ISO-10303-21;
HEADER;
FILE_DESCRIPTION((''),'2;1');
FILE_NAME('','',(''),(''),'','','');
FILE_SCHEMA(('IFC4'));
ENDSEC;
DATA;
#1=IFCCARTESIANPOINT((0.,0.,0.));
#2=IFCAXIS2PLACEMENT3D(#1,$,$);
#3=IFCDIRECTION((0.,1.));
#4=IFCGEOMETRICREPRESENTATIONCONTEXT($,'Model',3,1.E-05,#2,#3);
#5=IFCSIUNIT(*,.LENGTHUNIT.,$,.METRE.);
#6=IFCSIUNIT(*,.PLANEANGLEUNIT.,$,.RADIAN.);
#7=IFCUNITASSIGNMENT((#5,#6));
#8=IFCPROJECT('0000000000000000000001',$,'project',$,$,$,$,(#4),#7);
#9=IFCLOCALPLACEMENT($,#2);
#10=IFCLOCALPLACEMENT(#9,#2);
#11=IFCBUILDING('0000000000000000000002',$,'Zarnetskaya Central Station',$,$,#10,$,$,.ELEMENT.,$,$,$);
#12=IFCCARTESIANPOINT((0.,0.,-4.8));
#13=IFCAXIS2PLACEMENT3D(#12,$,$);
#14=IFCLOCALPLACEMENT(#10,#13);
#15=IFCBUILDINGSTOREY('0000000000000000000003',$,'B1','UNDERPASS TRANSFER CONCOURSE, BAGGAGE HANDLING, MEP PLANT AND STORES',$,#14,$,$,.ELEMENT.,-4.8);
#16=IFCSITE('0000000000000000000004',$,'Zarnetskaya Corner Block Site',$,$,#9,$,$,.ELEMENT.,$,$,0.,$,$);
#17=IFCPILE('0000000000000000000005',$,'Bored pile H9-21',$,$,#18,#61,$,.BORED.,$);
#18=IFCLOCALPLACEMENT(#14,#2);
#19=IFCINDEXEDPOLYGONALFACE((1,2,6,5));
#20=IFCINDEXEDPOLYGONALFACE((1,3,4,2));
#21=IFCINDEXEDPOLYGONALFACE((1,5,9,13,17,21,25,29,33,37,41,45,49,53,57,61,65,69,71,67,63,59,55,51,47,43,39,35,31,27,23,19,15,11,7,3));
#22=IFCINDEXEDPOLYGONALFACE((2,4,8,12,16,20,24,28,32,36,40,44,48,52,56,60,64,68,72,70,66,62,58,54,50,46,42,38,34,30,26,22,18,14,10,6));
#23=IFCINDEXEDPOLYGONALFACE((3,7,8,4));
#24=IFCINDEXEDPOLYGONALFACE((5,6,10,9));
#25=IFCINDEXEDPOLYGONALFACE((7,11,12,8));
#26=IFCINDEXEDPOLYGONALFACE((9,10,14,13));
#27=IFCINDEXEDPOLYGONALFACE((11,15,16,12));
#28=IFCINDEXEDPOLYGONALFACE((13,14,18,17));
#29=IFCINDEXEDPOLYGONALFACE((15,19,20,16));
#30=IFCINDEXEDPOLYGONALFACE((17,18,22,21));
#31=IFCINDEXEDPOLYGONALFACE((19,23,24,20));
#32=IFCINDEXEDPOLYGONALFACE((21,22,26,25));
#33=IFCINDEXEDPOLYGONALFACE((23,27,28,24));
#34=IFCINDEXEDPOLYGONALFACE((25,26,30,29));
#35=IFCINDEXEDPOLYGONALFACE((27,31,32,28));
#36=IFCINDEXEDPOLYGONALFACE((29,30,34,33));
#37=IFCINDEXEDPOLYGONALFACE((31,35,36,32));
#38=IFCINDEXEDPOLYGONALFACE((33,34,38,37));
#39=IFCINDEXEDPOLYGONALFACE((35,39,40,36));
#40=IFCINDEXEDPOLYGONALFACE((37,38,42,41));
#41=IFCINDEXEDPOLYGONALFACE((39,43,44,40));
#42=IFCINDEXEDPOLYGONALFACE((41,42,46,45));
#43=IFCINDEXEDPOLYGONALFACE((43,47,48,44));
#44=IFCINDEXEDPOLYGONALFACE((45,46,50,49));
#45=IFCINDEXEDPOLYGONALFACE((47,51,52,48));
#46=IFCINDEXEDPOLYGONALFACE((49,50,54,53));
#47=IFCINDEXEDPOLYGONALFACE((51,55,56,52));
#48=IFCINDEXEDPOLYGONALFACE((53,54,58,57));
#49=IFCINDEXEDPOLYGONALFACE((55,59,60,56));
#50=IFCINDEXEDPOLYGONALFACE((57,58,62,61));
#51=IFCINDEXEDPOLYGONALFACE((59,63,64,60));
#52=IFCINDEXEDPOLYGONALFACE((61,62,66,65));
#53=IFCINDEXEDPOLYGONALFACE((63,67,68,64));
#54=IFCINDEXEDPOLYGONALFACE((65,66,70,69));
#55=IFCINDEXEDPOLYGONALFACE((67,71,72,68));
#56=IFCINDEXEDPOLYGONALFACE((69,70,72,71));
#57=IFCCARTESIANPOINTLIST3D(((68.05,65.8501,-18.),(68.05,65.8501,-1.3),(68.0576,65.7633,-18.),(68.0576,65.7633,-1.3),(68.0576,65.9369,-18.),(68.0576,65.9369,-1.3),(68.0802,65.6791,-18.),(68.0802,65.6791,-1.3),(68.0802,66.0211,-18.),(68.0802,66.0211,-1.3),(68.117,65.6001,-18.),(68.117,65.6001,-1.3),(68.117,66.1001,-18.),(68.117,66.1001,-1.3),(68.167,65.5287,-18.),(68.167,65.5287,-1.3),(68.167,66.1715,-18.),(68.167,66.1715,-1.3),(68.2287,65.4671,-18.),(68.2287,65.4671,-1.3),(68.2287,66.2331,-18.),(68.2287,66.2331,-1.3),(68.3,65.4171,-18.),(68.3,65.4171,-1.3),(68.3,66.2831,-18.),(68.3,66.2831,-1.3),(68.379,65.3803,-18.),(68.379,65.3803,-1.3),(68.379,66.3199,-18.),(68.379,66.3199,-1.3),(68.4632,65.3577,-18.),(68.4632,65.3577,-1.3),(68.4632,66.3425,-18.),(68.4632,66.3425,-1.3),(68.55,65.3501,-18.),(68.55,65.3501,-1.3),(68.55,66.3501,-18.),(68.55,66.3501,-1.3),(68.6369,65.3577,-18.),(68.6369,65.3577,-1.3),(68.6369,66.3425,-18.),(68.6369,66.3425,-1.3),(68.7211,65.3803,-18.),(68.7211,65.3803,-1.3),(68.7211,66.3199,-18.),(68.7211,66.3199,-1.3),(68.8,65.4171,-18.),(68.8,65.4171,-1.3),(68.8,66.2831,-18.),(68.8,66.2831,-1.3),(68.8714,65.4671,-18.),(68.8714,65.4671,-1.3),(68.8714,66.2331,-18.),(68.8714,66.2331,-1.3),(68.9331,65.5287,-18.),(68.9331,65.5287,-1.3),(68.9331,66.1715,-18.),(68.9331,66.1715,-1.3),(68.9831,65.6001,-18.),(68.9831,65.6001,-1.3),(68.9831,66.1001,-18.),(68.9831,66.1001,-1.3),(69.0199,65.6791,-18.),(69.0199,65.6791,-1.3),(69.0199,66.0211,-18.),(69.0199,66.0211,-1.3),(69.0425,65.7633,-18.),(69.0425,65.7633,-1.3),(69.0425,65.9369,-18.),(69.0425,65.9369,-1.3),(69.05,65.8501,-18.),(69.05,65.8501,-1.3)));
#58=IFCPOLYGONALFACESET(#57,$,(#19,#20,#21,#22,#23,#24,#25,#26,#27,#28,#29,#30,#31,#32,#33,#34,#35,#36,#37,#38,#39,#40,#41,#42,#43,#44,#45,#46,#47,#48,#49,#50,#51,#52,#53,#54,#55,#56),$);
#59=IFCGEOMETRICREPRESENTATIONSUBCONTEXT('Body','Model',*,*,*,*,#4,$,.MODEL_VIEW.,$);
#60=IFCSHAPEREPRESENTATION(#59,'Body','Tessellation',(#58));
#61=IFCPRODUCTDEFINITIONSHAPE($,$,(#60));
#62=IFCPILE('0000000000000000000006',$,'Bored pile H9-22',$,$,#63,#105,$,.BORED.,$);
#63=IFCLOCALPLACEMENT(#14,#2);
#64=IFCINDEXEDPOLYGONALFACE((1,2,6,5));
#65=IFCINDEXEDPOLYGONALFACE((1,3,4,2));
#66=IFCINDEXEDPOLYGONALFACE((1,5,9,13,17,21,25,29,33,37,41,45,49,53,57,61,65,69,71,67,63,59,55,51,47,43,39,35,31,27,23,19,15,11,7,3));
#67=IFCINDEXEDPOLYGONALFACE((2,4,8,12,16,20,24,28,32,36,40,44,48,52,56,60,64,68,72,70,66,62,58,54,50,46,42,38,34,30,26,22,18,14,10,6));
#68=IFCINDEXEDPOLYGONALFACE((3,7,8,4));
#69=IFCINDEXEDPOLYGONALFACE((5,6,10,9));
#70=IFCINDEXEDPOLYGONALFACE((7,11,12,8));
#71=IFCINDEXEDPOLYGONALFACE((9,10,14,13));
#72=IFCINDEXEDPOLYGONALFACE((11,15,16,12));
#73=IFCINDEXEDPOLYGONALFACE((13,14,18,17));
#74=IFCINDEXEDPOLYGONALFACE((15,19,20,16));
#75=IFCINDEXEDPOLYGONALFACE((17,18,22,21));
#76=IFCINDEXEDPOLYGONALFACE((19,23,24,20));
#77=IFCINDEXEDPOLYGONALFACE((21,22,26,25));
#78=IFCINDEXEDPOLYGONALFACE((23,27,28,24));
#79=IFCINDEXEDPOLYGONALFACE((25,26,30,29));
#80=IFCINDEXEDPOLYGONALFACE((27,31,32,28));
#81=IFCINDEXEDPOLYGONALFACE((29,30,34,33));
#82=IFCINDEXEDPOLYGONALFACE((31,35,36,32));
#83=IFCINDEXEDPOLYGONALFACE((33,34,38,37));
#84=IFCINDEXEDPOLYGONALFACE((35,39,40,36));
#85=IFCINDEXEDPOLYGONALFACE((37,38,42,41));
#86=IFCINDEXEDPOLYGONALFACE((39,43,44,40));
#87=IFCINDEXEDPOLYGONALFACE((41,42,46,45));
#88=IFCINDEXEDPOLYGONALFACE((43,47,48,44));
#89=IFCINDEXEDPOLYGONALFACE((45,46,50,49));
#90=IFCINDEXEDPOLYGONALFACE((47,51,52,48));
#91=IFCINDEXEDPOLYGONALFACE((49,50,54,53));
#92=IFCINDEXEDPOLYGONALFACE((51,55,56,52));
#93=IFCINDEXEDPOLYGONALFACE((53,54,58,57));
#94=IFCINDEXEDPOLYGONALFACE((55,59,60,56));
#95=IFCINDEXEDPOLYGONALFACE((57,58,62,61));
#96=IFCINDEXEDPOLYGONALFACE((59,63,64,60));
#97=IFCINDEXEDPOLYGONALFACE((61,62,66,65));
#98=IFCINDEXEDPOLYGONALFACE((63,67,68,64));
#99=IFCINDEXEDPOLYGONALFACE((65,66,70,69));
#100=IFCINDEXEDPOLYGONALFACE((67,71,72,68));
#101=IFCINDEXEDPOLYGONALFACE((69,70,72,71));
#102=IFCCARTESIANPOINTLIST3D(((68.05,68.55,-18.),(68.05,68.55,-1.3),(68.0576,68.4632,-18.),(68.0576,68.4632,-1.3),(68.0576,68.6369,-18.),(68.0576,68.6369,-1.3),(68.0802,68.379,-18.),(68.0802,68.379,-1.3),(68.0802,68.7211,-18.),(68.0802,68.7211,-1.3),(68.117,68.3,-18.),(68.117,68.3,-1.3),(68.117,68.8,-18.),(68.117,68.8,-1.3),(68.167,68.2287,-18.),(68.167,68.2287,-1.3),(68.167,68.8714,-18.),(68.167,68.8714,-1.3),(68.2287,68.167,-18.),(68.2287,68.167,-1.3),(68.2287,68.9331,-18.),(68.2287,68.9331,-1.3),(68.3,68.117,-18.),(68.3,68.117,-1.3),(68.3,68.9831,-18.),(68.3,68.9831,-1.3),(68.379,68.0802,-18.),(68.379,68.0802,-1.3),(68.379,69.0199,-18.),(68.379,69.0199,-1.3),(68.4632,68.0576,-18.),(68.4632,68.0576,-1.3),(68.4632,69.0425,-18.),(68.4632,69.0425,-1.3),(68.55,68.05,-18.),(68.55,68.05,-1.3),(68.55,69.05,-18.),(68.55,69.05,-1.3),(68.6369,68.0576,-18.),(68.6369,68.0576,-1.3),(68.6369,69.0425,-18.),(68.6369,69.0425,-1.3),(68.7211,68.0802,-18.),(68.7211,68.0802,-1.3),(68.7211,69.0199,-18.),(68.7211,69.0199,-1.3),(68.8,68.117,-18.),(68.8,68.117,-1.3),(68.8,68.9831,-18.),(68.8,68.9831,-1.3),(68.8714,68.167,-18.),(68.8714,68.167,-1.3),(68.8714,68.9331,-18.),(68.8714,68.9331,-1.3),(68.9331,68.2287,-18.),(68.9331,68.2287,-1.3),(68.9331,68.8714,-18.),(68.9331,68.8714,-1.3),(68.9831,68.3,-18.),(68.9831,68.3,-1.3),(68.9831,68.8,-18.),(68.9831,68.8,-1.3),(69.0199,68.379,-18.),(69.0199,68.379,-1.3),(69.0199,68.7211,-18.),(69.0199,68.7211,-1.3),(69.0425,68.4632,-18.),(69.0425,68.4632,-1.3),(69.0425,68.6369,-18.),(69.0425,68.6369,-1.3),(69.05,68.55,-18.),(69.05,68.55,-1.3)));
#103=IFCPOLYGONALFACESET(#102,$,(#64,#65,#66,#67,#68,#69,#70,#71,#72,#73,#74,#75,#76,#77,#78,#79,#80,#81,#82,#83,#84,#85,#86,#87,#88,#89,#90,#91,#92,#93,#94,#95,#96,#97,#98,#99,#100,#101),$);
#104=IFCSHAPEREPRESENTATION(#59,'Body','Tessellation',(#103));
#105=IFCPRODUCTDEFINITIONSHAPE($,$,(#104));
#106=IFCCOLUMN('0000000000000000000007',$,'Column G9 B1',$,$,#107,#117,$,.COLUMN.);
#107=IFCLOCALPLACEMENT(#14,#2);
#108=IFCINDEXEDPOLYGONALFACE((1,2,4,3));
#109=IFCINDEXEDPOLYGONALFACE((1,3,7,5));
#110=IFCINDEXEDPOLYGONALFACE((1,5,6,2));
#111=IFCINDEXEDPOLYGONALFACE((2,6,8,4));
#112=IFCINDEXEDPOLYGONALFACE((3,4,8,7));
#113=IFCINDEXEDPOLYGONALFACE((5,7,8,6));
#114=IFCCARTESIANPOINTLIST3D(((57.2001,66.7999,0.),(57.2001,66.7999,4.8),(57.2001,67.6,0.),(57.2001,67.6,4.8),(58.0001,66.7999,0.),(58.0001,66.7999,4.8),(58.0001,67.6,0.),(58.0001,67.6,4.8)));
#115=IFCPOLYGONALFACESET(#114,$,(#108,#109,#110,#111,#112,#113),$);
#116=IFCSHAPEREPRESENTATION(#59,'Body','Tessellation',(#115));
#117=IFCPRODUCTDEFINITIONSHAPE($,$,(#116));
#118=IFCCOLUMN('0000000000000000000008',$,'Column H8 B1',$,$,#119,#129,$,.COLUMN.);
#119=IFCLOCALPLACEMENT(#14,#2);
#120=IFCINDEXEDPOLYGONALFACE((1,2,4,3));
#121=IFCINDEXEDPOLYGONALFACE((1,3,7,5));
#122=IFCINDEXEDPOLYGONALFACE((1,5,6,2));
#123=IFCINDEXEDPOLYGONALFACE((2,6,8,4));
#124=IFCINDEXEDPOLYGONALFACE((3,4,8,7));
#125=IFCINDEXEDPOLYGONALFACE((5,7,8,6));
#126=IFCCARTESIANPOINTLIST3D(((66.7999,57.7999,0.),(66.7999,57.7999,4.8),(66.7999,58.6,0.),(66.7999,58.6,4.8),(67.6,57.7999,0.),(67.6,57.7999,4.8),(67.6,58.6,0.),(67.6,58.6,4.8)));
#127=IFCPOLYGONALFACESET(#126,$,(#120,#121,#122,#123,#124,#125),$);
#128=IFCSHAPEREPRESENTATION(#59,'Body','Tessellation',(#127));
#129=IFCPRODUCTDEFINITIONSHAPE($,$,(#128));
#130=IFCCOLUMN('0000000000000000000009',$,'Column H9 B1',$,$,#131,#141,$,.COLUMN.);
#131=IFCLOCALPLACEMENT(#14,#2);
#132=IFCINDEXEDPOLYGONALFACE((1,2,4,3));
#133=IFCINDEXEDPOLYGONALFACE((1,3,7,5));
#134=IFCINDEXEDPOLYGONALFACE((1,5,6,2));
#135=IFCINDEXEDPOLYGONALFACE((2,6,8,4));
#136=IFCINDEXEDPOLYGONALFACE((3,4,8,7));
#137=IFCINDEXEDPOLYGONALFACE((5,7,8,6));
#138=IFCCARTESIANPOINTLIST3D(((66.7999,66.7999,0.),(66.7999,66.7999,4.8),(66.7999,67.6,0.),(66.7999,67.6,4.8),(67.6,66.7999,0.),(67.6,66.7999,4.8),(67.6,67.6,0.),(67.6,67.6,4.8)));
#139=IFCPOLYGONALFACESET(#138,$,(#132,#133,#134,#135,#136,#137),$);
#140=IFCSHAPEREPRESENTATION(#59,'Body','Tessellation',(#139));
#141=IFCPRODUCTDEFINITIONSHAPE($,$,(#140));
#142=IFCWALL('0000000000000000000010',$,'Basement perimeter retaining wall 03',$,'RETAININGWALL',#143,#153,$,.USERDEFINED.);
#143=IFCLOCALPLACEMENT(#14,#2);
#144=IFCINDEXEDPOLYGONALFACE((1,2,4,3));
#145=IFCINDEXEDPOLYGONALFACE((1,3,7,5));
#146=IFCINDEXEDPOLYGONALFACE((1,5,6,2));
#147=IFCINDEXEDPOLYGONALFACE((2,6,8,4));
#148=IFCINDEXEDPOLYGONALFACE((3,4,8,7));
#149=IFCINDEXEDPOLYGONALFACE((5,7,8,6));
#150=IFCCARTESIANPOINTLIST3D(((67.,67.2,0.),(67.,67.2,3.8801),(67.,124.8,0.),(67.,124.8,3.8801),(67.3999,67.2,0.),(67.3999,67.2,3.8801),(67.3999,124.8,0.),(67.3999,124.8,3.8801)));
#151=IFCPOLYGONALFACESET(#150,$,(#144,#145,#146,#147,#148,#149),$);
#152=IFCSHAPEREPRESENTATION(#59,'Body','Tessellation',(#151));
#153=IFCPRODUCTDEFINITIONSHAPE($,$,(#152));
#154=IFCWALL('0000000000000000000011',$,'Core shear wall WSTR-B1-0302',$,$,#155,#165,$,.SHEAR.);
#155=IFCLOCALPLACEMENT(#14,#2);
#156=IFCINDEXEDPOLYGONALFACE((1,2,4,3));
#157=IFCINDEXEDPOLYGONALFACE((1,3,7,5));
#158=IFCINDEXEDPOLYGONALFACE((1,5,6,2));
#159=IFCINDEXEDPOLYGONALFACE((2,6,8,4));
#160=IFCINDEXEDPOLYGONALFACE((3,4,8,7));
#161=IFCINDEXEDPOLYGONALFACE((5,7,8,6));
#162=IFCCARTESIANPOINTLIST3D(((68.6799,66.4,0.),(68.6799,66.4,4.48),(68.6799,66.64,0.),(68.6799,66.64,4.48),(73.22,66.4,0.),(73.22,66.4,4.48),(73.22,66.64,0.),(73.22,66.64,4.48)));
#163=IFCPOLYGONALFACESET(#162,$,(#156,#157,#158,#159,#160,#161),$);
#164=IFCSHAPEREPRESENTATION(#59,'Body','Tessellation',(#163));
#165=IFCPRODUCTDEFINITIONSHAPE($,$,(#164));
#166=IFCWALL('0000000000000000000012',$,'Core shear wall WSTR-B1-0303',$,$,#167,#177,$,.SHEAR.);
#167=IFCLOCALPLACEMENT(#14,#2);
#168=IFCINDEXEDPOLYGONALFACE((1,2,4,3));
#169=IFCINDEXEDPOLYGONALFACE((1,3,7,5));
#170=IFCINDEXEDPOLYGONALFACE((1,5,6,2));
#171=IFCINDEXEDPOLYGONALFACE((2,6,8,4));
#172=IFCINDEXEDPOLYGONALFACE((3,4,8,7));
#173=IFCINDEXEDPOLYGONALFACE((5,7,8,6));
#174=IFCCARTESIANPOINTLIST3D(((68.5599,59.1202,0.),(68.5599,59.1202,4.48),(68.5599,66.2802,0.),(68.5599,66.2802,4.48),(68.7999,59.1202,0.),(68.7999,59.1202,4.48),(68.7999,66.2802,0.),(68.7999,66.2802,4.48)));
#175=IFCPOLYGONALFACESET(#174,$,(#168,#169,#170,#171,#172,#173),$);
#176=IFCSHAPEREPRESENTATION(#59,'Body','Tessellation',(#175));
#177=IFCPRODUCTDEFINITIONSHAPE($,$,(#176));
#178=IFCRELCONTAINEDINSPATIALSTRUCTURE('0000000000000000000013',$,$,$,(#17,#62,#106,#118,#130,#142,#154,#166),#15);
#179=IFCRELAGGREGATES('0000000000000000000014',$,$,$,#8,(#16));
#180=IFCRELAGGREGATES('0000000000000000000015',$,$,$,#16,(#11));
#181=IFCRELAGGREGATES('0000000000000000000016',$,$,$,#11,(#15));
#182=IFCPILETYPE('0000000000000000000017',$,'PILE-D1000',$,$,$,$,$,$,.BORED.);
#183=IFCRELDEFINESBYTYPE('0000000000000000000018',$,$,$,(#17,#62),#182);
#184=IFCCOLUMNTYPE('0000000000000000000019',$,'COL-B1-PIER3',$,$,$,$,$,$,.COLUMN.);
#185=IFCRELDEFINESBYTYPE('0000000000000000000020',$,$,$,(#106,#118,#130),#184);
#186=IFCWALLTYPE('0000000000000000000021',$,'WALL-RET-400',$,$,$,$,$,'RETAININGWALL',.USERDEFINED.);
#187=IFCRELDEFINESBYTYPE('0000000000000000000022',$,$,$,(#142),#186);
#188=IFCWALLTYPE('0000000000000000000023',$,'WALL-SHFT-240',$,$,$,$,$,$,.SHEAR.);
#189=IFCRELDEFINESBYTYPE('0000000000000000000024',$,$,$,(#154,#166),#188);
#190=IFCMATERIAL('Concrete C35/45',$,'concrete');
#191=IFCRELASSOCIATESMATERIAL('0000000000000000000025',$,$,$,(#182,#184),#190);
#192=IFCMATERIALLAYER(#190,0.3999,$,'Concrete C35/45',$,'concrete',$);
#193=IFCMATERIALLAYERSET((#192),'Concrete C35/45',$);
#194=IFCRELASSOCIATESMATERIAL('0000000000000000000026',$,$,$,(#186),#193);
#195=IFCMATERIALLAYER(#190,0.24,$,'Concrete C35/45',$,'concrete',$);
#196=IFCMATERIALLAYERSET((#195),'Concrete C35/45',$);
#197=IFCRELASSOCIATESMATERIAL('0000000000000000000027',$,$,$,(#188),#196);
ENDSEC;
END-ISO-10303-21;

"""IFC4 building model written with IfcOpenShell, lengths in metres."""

from ifc_helpers import new_model, si_unit, direction, frame, frame_2d, origin, origin_2d, place, context, subcontext, project, spatial, rectangle, circle, extrude, material, layer, layer_set, material_profile, profile_set, type_object, element, save


model = new_model("IFC4")

# Units and contexts
model_context = context("Model", 3, precision=1e-05, world=origin(), true_north=direction((0.0, 1.0)))
body_context = subcontext(model_context, "Body", "Model", "MODEL_VIEW")
ifc_project = project(units=[si_unit("LENGTHUNIT", "METRE"), si_unit("PLANEANGLEUNIT", "RADIAN")], contexts=[model_context])

# Site, building, storey
site_placement = place(None, origin())
site = spatial("IfcSite", under=ifc_project, at=site_placement, Name="Zarnetskaya Corner Block Site", CompositionType="ELEMENT", RefElevation=0.0)
building_placement = place(site_placement, origin())
building = spatial("IfcBuilding", under=site, at=building_placement, Name="Zarnetskaya Central Station", CompositionType="ELEMENT")
storey_placement = place(building_placement, frame((0.0, 0.0, -4.8)))
storey = spatial("IfcBuildingStorey", under=building, at=storey_placement, Name="B1", Description="UNDERPASS TRANSFER CONCOURSE, BAGGAGE HANDLING, MEP PLANT AND STORES", CompositionType="ELEMENT", Elevation=-4.8)

# Shared definitions
ifc_material_1 = material(Name="Concrete C35/45", Category="concrete")

# Piles
ifc_material_profile_1 = material_profile(ifc_material_1, circle(Radius=0.5, at=origin_2d()), Name="BORED PILE D1000")
ifc_profile_set_1 = profile_set([ifc_material_profile_1], Name="Concrete C35/45")
pile_type = type_object("IfcPileType", Name="PILE-D1000", PredefinedType="BORED", material=ifc_profile_set_1)
for number, where, z_axis, x_axis, name in (
    (1, (68.55, 65.8501, -1.3), (0.0, 0.0, -1.0), (1.0, 0.0, 0.0), "Bored pile H9-21"),
    (2, (68.55, 68.55, -1.3), (0.0, 0.0, -1.0), (1.0, 0.0, 0.0), "Bored pile H9-22"),
):
    element("IfcPile", number, at=place(storey_placement, frame(where, z_axis=z_axis, x_axis=x_axis)), inside=storey, type_object=pile_type, Name=name, PredefinedType="BORED", context=body_context, shape_type="SweptSolid", body=[
        extrude(circle(Radius=0.5, at=origin_2d()), origin(), (0.0, 0.0, 1.0), 16.7),
    ])

# Columns
ifc_material_profile_2 = material_profile(ifc_material_1, rectangle(XDim=0.8, YDim=0.8, at=origin_2d()), Name="RC 800x800")
ifc_profile_set_2 = profile_set([ifc_material_profile_2], Name="Concrete C35/45")
column_type = type_object("IfcColumnType", Name="COL-B1-PIER3", PredefinedType="COLUMN", material=ifc_profile_set_2)
for number, where, z_axis, x_axis, name in (
    (3, (57.6001, 67.2, 0.0), (0.0, 0.0, 1.0), (1.0, 0.0, 0.0), "Column G9 B1"),
    (4, (67.2, 58.2, 0.0), (0.0, 0.0, 1.0), (1.0, 0.0, 0.0), "Column H8 B1"),
    (5, (67.2, 67.2, 0.0), (0.0, 0.0, 1.0), (1.0, 0.0, 0.0), "Column H9 B1"),
):
    element("IfcColumn", number, at=place(storey_placement, frame(where, z_axis=z_axis, x_axis=x_axis)), inside=storey, type_object=column_type, Name=name, PredefinedType="COLUMN", context=body_context, shape_type="SweptSolid", body=[
        extrude(rectangle(XDim=0.8, YDim=0.8, at=origin_2d()), origin(), (0.0, 0.0, 1.0), 4.8),
    ])

# Walls
ifc_layer_1 = layer(ifc_material_1, 0.3999, Name="Concrete C35/45", Category="concrete")
ifc_layer_set_1 = layer_set([ifc_layer_1], Name="Concrete C35/45")
wall_type_1 = type_object("IfcWallType", Name="WALL-RET-400", ElementType="RETAININGWALL", PredefinedType="USERDEFINED", material=ifc_layer_set_1)
wall_1_placement = place(storey_placement, frame((67.2, 67.2, 0.0), z_axis=(0.0, 0.0, 1.0), x_axis=(0.0, 1.0, 0.0)))
element("IfcWall", 6, at=wall_1_placement, inside=storey, type_object=wall_type_1, Name="Basement perimeter retaining wall 03", ObjectType="RETAININGWALL", PredefinedType="USERDEFINED", context=body_context, shape_type="SweptSolid", body=[
    extrude(rectangle(XDim=57.6001, YDim=0.3999, at=frame_2d((28.8, 0.0))), origin(), (0.0, 0.0, 1.0), 3.8801),
])
ifc_layer_2 = layer(ifc_material_1, 0.24, Name="Concrete C35/45", Category="concrete")
ifc_layer_set_2 = layer_set([ifc_layer_2], Name="Concrete C35/45")
wall_type_2 = type_object("IfcWallType", Name="WALL-SHFT-240", PredefinedType="SHEAR", material=ifc_layer_set_2)
wall_2_placement = place(storey_placement, frame((68.6799, 66.52, 0.0), z_axis=(0.0, 0.0, 1.0), x_axis=(1.0, 0.0, 0.0)))
element("IfcWall", 7, at=wall_2_placement, inside=storey, type_object=wall_type_2, Name="Core shear wall WSTR-B1-0302", PredefinedType="SHEAR", context=body_context, shape_type="SweptSolid", body=[
    extrude(rectangle(XDim=4.54, YDim=0.24, at=frame_2d((2.27, 0.0))), origin(), (0.0, 0.0, 1.0), 4.48),
])
wall_3_placement = place(storey_placement, frame((68.6799, 59.1201, 0.0), z_axis=(0.0, 0.0, 1.0), x_axis=(0.0, 1.0, 0.0)))
element("IfcWall", 8, at=wall_3_placement, inside=storey, type_object=wall_type_2, Name="Core shear wall WSTR-B1-0303", PredefinedType="SHEAR", context=body_context, shape_type="SweptSolid", body=[
    extrude(rectangle(XDim=7.1599, YDim=0.24, at=frame_2d((3.5801, 0.0))), origin(), (0.0, 0.0, 1.0), 4.48),
])

save(model, "model.ifc")
